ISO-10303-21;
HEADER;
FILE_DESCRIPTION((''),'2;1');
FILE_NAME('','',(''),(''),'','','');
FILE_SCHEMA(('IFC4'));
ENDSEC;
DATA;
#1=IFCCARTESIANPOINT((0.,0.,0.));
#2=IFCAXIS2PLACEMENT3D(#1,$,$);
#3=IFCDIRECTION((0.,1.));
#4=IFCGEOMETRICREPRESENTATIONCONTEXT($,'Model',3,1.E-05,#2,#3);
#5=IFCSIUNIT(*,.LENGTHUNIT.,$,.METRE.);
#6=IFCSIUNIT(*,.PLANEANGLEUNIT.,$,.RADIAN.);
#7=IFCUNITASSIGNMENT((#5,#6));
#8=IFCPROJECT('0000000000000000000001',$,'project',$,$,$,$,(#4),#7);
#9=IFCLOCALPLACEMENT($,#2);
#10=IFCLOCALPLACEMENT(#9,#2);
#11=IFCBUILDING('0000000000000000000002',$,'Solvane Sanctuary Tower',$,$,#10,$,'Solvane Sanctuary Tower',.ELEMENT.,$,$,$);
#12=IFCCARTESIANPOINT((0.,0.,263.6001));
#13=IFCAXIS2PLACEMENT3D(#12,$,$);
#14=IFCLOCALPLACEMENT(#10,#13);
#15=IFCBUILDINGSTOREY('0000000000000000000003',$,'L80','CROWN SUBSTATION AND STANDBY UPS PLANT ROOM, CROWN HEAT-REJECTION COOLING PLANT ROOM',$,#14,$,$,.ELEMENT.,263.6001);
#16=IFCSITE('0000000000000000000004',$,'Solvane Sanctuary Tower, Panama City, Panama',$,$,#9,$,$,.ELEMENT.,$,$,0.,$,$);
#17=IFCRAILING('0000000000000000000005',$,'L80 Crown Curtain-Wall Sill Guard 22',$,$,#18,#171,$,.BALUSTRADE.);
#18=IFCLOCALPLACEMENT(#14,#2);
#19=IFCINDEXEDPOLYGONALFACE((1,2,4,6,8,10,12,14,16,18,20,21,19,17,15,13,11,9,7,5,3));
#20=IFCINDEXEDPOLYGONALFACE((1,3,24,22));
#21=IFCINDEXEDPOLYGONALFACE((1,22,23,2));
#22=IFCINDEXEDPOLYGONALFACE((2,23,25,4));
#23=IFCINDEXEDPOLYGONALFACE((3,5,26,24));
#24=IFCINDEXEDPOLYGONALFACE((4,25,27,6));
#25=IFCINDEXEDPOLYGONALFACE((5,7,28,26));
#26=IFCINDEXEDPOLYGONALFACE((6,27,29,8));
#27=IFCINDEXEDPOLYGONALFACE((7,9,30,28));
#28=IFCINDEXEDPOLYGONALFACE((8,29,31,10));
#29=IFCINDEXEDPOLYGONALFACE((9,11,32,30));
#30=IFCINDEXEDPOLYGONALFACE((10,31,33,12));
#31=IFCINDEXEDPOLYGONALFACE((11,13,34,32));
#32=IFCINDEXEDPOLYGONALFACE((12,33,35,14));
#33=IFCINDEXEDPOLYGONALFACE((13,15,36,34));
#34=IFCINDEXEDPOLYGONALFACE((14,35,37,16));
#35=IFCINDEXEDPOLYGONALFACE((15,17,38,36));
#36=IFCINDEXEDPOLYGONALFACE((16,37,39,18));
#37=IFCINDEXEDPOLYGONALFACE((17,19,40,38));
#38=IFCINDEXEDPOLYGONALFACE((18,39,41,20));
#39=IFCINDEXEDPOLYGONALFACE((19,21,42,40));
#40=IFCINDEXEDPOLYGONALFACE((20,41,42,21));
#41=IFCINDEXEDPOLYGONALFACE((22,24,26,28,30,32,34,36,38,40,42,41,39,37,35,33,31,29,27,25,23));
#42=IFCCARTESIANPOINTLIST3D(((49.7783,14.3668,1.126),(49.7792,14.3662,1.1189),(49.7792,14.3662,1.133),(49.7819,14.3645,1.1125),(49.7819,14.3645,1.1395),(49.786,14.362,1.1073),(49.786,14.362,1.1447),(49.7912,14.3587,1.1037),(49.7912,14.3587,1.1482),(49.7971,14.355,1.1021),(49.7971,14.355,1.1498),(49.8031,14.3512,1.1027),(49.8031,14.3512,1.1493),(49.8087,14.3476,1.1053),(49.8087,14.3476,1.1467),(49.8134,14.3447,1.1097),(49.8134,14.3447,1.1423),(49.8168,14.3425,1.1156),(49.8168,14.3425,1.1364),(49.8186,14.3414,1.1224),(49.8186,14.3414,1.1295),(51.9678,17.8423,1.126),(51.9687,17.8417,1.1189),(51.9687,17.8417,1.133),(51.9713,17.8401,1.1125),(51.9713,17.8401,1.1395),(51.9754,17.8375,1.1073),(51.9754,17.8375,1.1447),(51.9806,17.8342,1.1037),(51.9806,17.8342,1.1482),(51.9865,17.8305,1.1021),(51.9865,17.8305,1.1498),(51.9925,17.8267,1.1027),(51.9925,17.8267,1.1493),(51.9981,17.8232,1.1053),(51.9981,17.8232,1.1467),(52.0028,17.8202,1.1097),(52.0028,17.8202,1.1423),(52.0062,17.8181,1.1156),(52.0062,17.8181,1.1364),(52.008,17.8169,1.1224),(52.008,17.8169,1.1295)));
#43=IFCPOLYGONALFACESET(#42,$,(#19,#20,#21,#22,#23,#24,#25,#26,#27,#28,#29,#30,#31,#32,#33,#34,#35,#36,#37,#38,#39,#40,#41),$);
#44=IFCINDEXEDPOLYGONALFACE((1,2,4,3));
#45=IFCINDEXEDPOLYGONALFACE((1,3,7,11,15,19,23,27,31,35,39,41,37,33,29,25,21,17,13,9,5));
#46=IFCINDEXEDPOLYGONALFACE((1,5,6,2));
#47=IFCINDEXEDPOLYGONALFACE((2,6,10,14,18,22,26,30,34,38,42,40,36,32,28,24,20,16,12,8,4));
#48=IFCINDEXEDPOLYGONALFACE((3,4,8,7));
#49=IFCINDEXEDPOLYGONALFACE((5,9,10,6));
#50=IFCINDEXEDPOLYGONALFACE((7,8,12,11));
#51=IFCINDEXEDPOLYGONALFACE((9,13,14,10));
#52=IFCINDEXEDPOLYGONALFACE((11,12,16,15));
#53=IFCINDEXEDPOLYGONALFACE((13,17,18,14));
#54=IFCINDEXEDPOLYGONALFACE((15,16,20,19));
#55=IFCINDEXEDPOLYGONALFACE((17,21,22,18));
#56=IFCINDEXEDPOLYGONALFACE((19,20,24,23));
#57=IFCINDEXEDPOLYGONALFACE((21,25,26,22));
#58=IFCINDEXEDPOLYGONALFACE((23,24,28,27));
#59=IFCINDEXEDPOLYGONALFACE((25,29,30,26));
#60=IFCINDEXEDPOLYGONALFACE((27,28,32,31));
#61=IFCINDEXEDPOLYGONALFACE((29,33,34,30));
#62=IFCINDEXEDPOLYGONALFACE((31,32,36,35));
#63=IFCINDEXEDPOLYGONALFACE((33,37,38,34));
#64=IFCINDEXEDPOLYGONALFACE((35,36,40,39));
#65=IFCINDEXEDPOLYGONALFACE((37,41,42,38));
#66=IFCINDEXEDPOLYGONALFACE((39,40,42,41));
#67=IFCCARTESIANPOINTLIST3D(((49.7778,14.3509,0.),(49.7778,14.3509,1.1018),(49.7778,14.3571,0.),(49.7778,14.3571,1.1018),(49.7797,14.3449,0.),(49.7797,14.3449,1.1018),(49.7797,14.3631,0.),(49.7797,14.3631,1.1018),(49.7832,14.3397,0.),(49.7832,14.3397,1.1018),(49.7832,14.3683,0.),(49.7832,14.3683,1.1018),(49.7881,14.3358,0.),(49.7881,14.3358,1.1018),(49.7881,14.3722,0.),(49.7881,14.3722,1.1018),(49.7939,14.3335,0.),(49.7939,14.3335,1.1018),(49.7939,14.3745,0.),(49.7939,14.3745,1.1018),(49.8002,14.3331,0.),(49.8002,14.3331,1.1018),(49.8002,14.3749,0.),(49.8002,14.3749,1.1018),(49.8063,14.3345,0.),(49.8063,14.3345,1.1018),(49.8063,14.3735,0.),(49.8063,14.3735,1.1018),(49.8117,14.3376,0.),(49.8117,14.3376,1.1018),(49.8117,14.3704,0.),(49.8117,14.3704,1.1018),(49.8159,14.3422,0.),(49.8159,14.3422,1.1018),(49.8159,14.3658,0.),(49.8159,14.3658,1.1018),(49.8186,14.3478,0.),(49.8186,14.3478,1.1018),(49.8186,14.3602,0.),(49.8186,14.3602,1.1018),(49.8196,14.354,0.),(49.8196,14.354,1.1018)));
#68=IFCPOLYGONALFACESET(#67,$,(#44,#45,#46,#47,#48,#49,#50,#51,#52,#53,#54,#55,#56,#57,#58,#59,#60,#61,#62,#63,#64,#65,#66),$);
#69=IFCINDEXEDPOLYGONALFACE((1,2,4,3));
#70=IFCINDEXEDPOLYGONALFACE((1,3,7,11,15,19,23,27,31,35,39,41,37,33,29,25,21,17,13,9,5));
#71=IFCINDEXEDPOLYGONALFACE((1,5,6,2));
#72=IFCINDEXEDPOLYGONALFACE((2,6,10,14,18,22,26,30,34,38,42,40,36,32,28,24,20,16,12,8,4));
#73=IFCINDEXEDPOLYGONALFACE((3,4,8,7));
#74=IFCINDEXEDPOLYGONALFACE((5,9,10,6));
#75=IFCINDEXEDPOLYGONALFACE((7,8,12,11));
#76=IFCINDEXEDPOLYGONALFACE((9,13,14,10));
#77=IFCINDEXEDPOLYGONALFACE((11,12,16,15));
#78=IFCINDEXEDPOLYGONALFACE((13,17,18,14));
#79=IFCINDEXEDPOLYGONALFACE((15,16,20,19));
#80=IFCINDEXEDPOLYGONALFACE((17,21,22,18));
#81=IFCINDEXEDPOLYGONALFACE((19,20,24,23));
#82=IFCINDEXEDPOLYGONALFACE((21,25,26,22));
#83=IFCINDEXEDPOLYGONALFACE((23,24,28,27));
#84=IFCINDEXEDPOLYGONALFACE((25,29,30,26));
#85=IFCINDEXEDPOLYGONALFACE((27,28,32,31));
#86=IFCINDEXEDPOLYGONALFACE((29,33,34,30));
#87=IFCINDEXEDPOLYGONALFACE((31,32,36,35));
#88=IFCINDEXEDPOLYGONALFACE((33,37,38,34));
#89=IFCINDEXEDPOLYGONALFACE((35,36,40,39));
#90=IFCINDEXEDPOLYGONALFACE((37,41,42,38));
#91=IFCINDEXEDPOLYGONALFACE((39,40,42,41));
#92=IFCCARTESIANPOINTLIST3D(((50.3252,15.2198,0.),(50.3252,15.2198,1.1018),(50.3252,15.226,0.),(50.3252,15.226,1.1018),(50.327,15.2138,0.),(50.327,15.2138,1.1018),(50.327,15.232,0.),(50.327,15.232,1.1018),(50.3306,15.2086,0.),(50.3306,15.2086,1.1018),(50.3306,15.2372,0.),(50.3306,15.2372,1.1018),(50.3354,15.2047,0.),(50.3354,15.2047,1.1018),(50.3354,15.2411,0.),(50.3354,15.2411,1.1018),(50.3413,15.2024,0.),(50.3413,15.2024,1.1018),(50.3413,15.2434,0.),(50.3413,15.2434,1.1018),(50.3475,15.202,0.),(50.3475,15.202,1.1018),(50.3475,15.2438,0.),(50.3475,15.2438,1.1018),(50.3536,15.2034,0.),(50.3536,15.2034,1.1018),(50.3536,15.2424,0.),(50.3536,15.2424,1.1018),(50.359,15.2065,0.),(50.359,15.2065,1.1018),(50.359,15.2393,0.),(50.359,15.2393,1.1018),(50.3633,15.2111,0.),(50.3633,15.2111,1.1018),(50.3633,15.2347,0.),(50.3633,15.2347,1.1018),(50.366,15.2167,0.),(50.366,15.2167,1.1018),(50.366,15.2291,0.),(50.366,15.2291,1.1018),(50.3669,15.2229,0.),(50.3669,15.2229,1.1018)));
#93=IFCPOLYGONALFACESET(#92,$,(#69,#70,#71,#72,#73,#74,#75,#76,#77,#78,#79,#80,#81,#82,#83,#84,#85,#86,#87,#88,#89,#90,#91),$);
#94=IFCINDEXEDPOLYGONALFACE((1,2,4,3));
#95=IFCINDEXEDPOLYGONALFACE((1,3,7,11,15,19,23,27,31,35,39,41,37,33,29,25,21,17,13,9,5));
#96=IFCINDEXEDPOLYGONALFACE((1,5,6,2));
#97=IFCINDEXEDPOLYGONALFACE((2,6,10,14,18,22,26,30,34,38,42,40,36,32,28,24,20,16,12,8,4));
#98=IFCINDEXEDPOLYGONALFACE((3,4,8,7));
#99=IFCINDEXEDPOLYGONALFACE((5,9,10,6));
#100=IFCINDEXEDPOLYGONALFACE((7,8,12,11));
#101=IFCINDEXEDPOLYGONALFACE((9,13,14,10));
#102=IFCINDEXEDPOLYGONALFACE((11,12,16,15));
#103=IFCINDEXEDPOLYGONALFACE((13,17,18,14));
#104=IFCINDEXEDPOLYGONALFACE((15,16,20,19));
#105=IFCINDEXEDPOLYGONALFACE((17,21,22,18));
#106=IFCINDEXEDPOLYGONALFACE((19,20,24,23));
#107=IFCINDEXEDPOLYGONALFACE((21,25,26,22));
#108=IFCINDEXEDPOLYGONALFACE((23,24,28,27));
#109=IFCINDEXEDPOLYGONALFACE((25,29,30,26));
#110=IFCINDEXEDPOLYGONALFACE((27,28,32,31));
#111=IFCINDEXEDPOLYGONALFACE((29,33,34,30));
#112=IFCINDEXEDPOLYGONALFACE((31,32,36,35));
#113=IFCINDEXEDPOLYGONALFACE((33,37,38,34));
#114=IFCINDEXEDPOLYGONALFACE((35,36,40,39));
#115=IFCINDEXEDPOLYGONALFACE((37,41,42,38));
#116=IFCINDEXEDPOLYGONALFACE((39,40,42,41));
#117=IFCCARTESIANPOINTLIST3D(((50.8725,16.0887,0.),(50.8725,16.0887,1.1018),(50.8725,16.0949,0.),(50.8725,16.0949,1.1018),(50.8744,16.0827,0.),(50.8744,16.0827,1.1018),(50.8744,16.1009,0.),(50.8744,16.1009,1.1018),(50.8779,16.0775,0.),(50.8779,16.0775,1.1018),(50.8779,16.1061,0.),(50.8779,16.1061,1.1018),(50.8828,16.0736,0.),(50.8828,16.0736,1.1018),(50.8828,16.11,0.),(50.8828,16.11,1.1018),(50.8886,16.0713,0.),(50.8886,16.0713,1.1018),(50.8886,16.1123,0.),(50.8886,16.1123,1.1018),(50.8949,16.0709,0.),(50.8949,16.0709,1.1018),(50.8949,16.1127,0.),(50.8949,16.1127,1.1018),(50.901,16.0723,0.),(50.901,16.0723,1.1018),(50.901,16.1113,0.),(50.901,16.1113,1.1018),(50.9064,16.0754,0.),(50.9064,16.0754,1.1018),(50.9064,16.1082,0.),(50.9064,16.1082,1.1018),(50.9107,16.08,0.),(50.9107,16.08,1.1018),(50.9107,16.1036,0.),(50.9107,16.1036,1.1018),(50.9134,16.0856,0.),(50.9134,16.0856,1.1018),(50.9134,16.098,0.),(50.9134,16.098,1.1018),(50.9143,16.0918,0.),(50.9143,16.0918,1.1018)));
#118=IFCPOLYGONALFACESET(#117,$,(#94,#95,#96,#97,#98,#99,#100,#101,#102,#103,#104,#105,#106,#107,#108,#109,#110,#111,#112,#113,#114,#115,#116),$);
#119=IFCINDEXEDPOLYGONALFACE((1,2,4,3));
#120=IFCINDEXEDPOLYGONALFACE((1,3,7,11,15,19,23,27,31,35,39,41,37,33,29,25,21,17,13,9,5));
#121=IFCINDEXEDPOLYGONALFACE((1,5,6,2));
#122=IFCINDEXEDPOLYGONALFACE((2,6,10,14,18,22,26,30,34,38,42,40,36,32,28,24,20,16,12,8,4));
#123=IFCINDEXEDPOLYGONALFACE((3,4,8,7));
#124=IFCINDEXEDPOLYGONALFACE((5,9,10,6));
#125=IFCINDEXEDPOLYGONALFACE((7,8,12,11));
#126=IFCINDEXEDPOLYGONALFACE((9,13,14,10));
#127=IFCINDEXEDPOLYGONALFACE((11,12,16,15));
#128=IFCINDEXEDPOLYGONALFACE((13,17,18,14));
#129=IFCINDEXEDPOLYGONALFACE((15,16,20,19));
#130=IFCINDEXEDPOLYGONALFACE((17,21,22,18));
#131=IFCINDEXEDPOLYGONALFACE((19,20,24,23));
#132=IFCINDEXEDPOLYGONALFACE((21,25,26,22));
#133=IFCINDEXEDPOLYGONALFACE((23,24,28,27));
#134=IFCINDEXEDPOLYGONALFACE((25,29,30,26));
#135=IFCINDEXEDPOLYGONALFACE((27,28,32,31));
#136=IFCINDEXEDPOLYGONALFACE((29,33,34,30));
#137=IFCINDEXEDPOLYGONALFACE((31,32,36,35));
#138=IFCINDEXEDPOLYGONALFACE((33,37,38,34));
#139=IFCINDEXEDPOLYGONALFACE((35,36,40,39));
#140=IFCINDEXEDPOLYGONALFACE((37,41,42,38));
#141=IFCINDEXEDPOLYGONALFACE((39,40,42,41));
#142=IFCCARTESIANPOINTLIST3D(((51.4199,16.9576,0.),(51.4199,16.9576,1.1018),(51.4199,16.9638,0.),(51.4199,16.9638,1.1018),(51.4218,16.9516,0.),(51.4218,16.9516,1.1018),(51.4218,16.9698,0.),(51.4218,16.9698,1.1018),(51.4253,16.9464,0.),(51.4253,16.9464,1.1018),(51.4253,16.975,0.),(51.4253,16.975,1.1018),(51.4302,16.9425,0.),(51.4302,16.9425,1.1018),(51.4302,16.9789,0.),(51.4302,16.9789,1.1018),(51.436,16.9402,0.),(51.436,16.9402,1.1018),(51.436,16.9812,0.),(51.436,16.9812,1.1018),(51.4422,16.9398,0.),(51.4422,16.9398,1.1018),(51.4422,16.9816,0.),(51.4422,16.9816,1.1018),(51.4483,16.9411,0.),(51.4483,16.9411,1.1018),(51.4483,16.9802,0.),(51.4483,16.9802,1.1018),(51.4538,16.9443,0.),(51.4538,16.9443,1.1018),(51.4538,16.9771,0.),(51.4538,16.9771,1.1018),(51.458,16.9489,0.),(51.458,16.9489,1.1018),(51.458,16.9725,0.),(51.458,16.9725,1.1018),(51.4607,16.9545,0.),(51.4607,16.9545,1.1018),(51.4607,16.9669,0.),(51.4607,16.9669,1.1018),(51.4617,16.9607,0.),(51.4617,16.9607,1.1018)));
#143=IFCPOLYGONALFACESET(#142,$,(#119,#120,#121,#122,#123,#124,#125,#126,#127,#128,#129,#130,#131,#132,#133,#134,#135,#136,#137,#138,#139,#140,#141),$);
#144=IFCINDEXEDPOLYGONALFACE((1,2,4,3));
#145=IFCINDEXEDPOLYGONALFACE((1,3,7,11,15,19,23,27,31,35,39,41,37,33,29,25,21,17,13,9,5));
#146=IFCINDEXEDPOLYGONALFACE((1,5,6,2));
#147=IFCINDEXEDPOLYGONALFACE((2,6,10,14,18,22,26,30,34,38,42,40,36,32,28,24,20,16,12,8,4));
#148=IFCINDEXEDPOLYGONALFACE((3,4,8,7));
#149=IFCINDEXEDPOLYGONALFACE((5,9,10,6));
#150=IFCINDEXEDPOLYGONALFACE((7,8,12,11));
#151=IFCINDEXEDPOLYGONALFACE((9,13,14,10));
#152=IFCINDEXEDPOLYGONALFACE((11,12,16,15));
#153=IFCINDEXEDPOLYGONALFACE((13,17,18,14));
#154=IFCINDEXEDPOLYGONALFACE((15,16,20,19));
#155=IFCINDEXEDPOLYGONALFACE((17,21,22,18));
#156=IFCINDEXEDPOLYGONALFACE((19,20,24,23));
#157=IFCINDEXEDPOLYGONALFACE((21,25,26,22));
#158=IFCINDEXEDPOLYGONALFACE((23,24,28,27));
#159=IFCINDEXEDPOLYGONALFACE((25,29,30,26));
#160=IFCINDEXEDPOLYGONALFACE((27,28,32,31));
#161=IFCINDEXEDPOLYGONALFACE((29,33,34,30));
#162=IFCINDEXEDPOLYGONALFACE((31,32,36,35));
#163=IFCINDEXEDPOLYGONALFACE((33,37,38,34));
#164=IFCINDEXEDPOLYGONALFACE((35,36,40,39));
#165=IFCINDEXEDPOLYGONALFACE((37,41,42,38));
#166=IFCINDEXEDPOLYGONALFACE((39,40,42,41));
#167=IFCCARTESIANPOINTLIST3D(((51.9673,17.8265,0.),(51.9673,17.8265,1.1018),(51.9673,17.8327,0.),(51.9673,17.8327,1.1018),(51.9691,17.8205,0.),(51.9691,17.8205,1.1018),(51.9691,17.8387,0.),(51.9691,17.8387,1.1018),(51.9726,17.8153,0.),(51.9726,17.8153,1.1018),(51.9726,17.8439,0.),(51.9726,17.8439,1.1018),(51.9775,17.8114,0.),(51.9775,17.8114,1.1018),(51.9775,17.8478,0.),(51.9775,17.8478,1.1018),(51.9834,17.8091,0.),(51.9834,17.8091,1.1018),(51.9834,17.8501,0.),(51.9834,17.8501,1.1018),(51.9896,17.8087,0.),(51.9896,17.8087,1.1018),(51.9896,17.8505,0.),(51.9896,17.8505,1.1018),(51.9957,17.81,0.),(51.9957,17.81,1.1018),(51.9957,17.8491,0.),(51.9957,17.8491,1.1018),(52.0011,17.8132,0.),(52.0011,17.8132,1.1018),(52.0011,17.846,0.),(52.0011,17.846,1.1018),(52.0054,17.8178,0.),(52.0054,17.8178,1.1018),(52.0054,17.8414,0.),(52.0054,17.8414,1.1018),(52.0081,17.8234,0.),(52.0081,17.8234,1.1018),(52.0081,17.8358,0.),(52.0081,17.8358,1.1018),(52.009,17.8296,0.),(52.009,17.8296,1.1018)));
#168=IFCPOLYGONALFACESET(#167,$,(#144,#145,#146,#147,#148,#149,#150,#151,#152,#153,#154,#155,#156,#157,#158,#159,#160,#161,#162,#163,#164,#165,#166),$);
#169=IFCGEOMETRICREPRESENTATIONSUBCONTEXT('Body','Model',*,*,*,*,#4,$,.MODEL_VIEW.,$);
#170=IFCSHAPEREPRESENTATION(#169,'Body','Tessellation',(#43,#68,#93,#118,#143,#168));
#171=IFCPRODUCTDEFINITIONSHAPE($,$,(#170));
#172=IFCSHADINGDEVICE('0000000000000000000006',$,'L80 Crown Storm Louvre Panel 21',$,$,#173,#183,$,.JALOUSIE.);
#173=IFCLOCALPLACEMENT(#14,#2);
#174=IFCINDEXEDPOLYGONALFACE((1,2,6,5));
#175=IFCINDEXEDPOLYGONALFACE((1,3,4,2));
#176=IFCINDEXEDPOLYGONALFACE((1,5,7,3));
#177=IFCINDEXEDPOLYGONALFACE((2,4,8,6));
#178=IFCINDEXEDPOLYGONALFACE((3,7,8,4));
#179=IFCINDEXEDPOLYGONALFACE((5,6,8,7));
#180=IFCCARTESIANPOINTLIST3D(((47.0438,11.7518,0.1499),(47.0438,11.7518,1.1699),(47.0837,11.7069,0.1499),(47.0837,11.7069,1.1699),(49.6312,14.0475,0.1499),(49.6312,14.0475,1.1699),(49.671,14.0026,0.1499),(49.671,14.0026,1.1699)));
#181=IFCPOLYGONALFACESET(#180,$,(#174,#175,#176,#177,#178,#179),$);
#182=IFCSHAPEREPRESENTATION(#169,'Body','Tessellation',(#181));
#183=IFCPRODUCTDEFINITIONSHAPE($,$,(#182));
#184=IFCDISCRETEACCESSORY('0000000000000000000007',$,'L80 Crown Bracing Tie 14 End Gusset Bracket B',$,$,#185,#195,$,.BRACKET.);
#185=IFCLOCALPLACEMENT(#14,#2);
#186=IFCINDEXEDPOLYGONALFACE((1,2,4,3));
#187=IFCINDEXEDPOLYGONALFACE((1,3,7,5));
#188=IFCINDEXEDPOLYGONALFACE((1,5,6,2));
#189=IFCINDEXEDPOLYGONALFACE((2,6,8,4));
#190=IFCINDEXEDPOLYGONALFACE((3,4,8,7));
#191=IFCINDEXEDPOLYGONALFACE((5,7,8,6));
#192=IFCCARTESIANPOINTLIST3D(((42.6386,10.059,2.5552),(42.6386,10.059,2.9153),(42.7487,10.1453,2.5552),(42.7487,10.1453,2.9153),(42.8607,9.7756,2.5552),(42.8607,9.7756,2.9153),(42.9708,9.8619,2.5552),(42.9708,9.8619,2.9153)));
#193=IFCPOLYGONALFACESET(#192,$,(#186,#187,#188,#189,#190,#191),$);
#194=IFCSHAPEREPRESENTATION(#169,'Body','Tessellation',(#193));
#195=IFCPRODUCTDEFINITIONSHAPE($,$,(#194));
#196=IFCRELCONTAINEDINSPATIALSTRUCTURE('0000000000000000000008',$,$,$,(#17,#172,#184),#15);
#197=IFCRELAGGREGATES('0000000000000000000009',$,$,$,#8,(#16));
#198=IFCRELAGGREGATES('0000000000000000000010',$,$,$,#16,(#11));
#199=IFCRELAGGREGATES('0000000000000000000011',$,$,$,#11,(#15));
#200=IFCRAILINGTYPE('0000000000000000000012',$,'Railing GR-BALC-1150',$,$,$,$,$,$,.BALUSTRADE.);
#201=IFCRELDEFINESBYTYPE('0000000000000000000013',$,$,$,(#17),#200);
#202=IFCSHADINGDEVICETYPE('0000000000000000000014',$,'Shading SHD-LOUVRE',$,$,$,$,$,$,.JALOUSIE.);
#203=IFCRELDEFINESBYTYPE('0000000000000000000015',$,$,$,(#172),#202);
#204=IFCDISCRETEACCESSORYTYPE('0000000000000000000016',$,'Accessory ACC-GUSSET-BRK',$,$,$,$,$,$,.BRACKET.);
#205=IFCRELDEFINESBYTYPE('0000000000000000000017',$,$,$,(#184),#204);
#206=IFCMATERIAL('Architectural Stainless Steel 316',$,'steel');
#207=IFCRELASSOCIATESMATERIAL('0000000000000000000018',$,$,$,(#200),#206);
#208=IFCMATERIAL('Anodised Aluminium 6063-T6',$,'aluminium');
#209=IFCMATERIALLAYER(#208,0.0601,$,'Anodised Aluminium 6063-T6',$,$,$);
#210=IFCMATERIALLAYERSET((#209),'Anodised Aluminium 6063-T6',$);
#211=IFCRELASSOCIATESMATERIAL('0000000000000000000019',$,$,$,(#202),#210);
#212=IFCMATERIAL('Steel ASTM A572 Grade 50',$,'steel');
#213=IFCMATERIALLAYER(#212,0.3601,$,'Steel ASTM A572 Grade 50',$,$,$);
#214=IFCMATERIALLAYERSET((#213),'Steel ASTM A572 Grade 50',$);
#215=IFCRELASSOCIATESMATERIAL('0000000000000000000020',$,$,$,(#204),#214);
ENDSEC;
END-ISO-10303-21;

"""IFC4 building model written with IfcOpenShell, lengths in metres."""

from ifc_helpers import new_model, si_unit, direction, frame, origin, origin_2d, place, context, subcontext, project, spatial, rectangle, circle, extrude, material, layer, layer_set, type_object, element, save


model = new_model("IFC4")

# Units and contexts
model_context = context("Model", 3, precision=1e-05, world=origin(), true_north=direction((0.0, 1.0)))
body_context = subcontext(model_context, "Body", "Model", "MODEL_VIEW")
ifc_project = project(units=[si_unit("LENGTHUNIT", "METRE"), si_unit("PLANEANGLEUNIT", "RADIAN")], contexts=[model_context])

# Site, building, storey
site_placement = place(None, origin())
site = spatial("IfcSite", under=ifc_project, at=site_placement, Name="Solvane Sanctuary Tower, Panama City, Panama", CompositionType="ELEMENT", RefElevation=0.0)
building_placement = place(site_placement, origin())
building = spatial("IfcBuilding", under=site, at=building_placement, Name="Solvane Sanctuary Tower", LongName="Solvane Sanctuary Tower", CompositionType="ELEMENT")
storey_placement = place(building_placement, frame((0.0, 0.0, 263.6001)))
storey = spatial("IfcBuildingStorey", under=building, at=storey_placement, Name="L80", Description="CROWN SUBSTATION AND STANDBY UPS PLANT ROOM, CROWN HEAT-REJECTION COOLING PLANT ROOM", CompositionType="ELEMENT", Elevation=263.6001)

# Shared definitions
ifc_material_1 = material(Name="Anodised Aluminium 6063-T6", Category="aluminium")

# Railing
ifc_material_2 = material(Name="Architectural Stainless Steel 316", Category="steel")
railing_type = type_object("IfcRailingType", Name="Railing GR-BALC-1150", PredefinedType="BALUSTRADE", material=ifc_material_2)
railing_1_placement = place(storey_placement, frame((49.7986, 14.354, 0.0)))
element("IfcRailing", 1, at=railing_1_placement, inside=storey, type_object=railing_type, Name="L80 Crown Curtain-Wall Sill Guard 22", PredefinedType="BALUSTRADE", context=body_context, shape_type="SweptSolid", body=[
    extrude(circle(Radius=0.0239, at=origin_2d()), frame((0.0, 0.0, 1.126), z_axis=(0.533009, 0.84611, 0.0), x_axis=(-0.84611, 0.533009, 0.0)), (0.0, 0.0, 1.0), 4.1077),
    extrude(circle(Radius=0.021, at=origin_2d()), origin(), (0.0, 0.0, 1.0), 1.1018),
    extrude(circle(Radius=0.021, at=origin_2d()), frame((0.5474, 0.8689, 0.0)), (0.0, 0.0, 1.0), 1.1018),
    extrude(circle(Radius=0.021, at=origin_2d()), frame((1.0947, 1.7378, 0.0)), (0.0, 0.0, 1.0), 1.1018),
    extrude(circle(Radius=0.021, at=origin_2d()), frame((1.6421, 2.6067, 0.0)), (0.0, 0.0, 1.0), 1.1018),
    extrude(circle(Radius=0.021, at=origin_2d()), frame((2.1895, 3.4756, 0.0)), (0.0, 0.0, 1.0), 1.1018),
])

# Shading device
ifc_layer_1 = layer(ifc_material_1, 0.0601, Name="Anodised Aluminium 6063-T6")
ifc_layer_set_1 = layer_set([ifc_layer_1], Name="Anodised Aluminium 6063-T6")
shading_device_type = type_object("IfcShadingDeviceType", Name="Shading SHD-LOUVRE", PredefinedType="JALOUSIE", material=ifc_layer_set_1)
shading_device_placement = place(storey_placement, frame((48.3574, 12.8772, 0.1499), z_axis=(0.0, 0.0, 1.0), x_axis=(0.748015, 0.663682, 0.0)))
element("IfcShadingDevice", 2, at=shading_device_placement, inside=storey, type_object=shading_device_type, Name="L80 Crown Storm Louvre Panel 21", PredefinedType="JALOUSIE", context=body_context, shape_type="SweptSolid", body=[
    extrude(rectangle(XDim=3.459, YDim=0.0601, at=origin_2d()), origin(), (0.0, 0.0, 1.0), 1.02),
])

# Discrete accessory
ifc_material_3 = material(Name="Steel ASTM A572 Grade 50", Category="steel")
ifc_layer_2 = layer(ifc_material_3, 0.3601, Name="Steel ASTM A572 Grade 50")
ifc_layer_set_2 = layer_set([ifc_layer_2], Name="Steel ASTM A572 Grade 50")
discrete_accessory_type = type_object("IfcDiscreteAccessoryType", Name="Accessory ACC-GUSSET-BRK", PredefinedType="BRACKET", material=ifc_layer_set_2)
discrete_accessory_placement = place(storey_placement, frame((42.8047, 9.9604, 2.5552), z_axis=(0.0, 0.0, 1.0), x_axis=(0.616761, -0.78715, 0.0)))
element("IfcDiscreteAccessory", 3, at=discrete_accessory_placement, inside=storey, type_object=discrete_accessory_type, Name="L80 Crown Bracing Tie 14 End Gusset Bracket B", PredefinedType="BRACKET", context=body_context, shape_type="SweptSolid", body=[
    extrude(rectangle(XDim=0.3601, YDim=0.1399, at=origin_2d()), origin(), (0.0, 0.0, 1.0), 0.3601),
])

save(model, "model.ifc")
